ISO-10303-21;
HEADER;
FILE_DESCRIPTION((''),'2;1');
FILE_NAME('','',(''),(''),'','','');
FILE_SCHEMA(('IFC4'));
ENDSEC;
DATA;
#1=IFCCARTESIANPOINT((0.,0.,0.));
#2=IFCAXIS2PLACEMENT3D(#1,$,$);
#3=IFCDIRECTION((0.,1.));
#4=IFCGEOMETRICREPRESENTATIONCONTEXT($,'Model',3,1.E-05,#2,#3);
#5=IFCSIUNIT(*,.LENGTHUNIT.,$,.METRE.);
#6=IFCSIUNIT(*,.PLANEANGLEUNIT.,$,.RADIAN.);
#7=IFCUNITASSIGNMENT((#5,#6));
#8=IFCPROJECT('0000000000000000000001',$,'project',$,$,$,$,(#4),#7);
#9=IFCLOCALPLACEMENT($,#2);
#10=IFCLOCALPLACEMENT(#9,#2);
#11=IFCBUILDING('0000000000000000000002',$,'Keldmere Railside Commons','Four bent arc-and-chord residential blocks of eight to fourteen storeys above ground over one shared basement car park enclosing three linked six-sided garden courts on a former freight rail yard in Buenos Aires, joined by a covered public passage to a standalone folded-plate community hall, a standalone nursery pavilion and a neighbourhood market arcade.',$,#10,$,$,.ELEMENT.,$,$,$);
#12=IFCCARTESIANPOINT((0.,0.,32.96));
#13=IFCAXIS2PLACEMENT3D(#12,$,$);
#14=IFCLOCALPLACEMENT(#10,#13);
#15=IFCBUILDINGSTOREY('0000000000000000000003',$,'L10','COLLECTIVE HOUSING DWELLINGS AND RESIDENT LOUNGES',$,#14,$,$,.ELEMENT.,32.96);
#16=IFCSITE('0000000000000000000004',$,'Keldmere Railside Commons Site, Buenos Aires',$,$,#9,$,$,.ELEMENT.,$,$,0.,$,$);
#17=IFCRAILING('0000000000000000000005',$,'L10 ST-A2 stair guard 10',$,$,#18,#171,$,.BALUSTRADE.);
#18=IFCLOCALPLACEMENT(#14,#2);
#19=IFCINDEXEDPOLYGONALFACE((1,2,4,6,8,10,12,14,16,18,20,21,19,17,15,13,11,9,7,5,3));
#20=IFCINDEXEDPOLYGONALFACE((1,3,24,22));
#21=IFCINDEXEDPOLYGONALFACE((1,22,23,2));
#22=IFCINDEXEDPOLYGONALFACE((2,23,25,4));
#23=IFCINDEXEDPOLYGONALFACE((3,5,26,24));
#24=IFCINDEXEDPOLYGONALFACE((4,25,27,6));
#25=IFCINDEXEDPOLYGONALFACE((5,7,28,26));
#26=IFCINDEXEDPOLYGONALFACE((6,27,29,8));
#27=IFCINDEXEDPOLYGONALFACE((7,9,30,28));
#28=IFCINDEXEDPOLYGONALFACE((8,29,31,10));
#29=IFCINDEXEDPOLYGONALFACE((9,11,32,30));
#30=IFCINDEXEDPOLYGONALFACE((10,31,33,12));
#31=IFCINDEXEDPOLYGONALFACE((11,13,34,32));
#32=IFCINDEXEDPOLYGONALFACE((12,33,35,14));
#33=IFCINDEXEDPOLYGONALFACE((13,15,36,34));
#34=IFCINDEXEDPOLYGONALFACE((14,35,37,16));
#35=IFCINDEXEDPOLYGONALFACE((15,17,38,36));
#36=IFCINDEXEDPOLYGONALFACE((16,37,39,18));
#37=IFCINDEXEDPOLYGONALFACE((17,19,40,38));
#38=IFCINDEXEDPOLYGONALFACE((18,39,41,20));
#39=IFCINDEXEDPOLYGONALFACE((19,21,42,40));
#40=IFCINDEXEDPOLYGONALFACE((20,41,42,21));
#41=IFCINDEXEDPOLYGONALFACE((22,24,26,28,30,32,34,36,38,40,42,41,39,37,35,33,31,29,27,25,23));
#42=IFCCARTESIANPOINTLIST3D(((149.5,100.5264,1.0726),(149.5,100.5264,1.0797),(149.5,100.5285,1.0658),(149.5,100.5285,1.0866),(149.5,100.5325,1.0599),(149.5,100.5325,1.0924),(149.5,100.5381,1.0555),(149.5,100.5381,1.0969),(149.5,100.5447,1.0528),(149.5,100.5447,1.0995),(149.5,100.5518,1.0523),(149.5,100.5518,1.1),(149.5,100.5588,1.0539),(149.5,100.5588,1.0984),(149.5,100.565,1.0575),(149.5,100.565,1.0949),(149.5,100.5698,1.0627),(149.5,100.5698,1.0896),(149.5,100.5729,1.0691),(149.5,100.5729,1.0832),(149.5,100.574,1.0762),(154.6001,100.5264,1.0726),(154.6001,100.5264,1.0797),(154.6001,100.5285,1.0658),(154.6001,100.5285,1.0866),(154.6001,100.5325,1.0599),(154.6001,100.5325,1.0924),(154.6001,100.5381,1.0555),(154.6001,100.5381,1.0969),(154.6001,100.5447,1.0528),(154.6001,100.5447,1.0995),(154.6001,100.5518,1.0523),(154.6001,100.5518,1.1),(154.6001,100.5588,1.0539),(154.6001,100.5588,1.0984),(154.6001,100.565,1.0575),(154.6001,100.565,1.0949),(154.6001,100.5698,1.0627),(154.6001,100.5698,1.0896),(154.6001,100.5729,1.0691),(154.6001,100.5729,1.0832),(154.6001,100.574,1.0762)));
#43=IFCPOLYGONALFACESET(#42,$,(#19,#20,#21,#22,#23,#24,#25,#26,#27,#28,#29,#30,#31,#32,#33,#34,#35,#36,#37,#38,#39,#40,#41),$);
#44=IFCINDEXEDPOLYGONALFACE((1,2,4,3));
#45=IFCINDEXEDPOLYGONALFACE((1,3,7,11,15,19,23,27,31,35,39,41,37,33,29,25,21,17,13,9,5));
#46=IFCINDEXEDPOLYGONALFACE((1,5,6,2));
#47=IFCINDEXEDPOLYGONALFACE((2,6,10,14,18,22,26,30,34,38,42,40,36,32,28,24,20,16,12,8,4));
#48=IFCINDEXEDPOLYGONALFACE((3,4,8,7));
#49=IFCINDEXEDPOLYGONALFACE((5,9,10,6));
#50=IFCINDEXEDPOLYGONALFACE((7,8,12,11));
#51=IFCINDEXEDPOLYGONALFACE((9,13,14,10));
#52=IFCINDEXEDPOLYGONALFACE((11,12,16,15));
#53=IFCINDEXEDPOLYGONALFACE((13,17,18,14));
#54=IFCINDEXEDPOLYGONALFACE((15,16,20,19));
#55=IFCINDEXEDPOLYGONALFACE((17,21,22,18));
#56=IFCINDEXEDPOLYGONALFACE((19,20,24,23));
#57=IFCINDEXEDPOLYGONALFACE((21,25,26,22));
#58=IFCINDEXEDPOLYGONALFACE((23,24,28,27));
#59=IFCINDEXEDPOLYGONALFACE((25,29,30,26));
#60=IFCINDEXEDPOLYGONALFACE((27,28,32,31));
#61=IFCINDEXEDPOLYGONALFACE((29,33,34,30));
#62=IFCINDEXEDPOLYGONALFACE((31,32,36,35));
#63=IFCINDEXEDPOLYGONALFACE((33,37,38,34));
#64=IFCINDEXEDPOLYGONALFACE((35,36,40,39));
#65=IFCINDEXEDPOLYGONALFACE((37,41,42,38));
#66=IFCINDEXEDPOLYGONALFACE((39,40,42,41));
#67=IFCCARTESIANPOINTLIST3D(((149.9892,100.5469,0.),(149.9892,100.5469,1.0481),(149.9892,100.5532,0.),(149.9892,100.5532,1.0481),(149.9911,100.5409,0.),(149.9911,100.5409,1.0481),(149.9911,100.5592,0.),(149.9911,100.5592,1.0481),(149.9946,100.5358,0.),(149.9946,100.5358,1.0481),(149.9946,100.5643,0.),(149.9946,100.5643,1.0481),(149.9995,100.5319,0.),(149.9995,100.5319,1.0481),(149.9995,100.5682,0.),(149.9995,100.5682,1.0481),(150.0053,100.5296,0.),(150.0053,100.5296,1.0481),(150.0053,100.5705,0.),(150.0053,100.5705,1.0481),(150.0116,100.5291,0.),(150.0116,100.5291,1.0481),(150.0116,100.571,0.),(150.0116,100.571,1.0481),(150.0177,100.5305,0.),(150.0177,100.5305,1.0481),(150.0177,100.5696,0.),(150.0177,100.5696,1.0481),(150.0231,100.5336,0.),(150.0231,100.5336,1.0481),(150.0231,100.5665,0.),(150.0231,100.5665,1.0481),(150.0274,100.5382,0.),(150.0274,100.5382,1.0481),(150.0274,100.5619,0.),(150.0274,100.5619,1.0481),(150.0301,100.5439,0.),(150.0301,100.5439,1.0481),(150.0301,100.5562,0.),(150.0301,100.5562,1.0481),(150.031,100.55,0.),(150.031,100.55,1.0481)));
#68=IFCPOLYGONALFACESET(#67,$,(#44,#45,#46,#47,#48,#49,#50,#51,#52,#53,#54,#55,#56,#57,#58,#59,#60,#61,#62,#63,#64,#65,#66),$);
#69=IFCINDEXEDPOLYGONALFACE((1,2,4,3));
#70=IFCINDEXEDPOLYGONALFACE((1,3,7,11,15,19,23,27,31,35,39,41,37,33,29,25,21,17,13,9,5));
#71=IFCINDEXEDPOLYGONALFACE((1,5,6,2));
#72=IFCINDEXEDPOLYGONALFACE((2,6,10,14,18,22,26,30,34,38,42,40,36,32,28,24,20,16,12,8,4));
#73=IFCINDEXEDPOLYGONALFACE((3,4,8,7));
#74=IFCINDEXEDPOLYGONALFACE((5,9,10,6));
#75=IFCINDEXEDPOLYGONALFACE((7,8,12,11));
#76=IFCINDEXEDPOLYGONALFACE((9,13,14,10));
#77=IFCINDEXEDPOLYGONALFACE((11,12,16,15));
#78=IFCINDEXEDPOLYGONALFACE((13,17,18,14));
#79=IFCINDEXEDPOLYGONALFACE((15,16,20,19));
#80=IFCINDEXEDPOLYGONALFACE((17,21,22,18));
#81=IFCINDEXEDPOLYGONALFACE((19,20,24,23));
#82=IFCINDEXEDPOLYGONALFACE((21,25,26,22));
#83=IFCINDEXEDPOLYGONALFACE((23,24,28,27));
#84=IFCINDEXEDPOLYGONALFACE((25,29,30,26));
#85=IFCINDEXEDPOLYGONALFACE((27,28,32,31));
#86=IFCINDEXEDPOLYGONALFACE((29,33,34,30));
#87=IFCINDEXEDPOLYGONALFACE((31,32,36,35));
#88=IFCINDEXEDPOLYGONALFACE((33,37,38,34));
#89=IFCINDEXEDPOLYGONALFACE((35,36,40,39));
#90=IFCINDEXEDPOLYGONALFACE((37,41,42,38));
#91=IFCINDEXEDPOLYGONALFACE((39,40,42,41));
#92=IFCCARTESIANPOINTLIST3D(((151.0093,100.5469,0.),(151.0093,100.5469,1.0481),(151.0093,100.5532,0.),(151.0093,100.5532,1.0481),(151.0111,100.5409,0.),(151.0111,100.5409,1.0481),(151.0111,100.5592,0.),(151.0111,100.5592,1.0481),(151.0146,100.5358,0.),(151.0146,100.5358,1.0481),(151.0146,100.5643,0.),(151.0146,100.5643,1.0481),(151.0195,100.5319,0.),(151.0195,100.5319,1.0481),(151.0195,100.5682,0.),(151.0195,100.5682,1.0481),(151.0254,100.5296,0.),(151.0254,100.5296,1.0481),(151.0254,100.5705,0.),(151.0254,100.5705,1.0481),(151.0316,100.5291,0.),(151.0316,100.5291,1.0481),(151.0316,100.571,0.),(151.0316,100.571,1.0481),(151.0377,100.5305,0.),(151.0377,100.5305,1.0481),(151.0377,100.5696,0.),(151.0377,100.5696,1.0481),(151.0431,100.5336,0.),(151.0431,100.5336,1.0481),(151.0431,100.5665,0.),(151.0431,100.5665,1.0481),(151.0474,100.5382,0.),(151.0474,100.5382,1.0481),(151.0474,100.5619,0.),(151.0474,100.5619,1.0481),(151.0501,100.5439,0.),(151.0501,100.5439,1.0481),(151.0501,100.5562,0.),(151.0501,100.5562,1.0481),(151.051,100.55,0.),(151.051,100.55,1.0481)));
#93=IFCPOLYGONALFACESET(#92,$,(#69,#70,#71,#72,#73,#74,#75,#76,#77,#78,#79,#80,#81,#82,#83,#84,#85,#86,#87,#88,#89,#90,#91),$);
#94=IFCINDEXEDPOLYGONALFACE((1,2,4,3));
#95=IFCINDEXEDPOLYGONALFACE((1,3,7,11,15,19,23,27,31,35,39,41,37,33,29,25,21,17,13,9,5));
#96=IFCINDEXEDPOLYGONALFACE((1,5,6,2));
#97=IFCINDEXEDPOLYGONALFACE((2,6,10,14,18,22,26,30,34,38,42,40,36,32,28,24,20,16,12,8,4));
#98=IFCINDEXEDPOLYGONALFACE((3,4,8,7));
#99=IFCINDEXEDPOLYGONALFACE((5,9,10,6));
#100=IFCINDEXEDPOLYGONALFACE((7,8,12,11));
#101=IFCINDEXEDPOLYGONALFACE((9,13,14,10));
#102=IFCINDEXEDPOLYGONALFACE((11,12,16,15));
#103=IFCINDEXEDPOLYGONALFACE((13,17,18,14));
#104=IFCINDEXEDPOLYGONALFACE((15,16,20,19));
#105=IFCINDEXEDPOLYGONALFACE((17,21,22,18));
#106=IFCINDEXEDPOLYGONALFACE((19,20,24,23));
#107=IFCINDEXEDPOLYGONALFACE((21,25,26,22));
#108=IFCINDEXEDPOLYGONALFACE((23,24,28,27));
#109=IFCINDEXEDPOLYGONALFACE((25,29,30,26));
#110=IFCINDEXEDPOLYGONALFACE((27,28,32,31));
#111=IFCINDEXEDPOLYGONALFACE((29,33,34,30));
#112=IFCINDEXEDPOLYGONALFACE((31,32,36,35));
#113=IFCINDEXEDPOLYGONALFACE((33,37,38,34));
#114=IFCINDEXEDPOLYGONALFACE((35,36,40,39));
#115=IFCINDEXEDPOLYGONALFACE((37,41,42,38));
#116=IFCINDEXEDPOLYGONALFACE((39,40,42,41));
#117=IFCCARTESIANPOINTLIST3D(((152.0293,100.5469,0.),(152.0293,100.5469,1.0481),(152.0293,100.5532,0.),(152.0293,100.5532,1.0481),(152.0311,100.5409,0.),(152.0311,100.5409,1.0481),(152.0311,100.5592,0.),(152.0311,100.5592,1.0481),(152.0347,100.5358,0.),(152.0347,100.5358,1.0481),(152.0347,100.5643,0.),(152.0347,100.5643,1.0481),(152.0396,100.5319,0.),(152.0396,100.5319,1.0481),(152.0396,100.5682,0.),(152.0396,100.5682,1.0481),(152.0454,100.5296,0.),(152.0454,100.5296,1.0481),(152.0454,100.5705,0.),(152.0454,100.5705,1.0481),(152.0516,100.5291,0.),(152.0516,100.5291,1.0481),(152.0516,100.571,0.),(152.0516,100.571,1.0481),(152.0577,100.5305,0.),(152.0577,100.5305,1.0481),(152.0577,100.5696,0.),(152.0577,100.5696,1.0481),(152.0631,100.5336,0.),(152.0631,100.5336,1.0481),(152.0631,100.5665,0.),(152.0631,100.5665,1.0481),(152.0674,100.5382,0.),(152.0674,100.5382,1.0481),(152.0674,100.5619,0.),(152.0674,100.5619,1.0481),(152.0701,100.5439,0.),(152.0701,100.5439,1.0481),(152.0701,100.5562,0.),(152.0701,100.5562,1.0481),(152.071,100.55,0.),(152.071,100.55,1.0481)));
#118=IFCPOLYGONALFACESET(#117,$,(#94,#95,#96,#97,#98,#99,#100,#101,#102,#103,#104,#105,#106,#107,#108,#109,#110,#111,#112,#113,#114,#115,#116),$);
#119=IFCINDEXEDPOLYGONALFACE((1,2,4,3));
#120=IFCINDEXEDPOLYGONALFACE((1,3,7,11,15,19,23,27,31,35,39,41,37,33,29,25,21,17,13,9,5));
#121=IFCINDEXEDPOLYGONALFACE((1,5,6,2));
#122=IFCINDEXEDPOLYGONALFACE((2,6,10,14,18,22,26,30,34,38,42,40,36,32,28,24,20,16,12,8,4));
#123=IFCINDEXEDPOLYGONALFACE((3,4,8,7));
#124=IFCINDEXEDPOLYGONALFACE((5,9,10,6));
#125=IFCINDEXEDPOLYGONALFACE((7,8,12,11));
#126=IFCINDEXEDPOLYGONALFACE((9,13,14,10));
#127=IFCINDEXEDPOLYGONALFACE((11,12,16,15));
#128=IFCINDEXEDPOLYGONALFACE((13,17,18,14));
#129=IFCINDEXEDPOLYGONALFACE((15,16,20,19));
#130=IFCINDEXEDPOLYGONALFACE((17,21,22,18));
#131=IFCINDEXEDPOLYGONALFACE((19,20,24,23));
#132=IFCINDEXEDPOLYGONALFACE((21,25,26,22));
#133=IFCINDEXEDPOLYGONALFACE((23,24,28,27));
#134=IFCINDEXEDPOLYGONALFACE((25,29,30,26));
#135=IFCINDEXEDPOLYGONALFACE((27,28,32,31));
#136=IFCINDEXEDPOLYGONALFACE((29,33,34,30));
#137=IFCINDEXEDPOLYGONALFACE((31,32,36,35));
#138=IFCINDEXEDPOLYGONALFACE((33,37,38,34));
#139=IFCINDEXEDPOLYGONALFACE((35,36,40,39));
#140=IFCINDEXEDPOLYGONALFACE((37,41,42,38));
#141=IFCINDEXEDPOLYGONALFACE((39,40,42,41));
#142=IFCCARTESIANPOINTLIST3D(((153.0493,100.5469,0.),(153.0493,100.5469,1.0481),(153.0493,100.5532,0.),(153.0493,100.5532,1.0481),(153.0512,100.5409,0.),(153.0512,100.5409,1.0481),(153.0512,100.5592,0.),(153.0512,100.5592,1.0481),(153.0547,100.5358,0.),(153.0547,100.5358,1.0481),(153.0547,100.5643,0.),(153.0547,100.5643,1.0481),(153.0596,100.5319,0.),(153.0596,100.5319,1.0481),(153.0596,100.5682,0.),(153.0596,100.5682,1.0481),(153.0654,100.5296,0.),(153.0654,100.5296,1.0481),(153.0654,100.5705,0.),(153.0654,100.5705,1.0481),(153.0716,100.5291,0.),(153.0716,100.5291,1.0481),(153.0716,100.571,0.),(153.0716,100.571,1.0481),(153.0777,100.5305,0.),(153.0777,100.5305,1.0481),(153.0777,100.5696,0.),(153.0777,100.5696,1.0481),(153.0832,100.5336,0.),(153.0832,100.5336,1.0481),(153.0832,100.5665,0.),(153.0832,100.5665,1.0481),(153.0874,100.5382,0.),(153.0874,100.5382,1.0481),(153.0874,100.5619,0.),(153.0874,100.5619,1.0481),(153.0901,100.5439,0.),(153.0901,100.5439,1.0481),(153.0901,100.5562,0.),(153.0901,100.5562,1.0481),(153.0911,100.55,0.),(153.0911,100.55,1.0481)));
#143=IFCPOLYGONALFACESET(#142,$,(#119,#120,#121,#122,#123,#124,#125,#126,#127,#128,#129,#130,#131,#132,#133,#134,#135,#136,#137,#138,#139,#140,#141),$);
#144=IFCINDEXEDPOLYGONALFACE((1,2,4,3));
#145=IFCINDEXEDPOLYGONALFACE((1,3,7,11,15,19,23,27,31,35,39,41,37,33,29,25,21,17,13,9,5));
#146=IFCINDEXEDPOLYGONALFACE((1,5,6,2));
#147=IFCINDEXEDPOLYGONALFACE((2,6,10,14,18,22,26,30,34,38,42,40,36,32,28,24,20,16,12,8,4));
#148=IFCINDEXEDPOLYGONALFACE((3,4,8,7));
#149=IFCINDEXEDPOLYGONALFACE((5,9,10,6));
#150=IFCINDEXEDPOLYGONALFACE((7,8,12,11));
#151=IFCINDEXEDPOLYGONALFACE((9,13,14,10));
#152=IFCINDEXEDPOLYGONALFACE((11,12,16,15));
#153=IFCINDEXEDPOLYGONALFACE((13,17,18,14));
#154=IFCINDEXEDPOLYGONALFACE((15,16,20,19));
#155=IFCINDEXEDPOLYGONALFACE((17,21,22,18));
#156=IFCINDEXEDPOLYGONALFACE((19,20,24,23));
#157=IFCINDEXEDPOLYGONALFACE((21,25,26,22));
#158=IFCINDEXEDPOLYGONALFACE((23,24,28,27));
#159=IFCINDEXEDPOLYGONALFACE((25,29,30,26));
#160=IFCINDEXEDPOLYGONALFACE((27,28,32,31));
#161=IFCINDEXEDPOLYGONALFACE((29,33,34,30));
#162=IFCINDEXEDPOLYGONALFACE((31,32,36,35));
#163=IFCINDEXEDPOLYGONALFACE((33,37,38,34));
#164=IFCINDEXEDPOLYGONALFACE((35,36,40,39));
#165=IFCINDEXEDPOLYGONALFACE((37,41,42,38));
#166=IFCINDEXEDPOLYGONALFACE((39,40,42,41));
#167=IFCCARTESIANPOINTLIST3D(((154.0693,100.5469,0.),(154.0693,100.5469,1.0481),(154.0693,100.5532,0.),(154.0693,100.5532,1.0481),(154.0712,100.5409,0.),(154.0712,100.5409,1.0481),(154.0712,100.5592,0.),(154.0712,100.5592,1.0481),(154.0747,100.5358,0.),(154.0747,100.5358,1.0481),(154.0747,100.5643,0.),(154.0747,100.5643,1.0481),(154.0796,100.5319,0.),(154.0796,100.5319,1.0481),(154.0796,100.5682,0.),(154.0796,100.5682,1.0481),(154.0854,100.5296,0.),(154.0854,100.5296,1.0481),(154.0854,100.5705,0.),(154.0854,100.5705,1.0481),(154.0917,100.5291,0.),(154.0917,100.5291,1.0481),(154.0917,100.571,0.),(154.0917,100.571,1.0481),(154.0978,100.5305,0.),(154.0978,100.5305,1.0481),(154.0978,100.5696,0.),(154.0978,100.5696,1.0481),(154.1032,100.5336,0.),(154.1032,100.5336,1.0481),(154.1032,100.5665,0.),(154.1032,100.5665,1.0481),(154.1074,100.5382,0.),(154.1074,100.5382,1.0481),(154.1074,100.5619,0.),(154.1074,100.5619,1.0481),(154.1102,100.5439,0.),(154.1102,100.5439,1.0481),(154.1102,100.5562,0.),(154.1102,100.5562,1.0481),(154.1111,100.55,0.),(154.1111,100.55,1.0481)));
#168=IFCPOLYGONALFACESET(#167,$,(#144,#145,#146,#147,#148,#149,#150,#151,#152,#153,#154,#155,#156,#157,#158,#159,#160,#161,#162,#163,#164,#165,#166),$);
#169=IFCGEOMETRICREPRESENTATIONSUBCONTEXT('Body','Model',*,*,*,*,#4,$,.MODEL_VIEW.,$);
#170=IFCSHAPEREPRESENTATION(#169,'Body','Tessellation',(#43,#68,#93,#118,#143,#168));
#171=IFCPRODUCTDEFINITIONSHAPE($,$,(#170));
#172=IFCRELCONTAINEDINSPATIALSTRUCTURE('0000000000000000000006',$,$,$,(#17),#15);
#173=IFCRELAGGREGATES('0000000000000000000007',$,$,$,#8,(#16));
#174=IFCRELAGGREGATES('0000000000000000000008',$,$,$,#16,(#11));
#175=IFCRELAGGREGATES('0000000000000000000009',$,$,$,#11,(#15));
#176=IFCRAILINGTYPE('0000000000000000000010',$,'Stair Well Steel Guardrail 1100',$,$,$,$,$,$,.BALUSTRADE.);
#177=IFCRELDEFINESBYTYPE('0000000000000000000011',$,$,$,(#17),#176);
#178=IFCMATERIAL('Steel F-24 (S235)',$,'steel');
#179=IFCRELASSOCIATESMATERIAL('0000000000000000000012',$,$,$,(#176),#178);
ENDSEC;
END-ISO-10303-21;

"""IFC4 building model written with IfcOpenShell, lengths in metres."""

from ifc_helpers import new_model, si_unit, direction, frame, origin, origin_2d, place, context, subcontext, project, spatial, circle, extrude, material, type_object, element, save


model = new_model("IFC4")

# Units and contexts
model_context = context("Model", 3, precision=1e-05, world=origin(), true_north=direction((0.0, 1.0)))
body_context = subcontext(model_context, "Body", "Model", "MODEL_VIEW")
ifc_project = project(units=[si_unit("LENGTHUNIT", "METRE"), si_unit("PLANEANGLEUNIT", "RADIAN")], contexts=[model_context])

# Site, building, storey
site_placement = place(None, origin())
site = spatial("IfcSite", under=ifc_project, at=site_placement, Name="Keldmere Railside Commons Site, Buenos Aires", CompositionType="ELEMENT", RefElevation=0.0)
building_placement = place(site_placement, origin())
building = spatial("IfcBuilding", under=site, at=building_placement, Name="Keldmere Railside Commons", Description="Four bent arc-and-chord residential blocks of eight to fourteen storeys above ground over one shared basement car park enclosing three linked six-sided garden courts on a former freight rail yard in Buenos Aires, joined by a covered public passage to a standalone folded-plate community hall, a standalone nursery pavilion and a neighbourhood market arcade.", CompositionType="ELEMENT")
storey_placement = place(building_placement, frame((0.0, 0.0, 32.96)))
storey = spatial("IfcBuildingStorey", under=building, at=storey_placement, Name="L10", Description="COLLECTIVE HOUSING DWELLINGS AND RESIDENT LOUNGES", CompositionType="ELEMENT", Elevation=32.96)

# Shared definitions
ifc_material_1 = material(Name="Steel F-24 (S235)", Category="steel")

# Railing
railing_type_1 = type_object("IfcRailingType", Name="Stair Well Steel Guardrail 1100", PredefinedType="BALUSTRADE", material=ifc_material_1)
for number, where, name in (
    (1, (149.5, 100.55, 0.0), "L10 ST-A2 stair guard 10"),
):
    element("IfcRailing", number, at=place(storey_placement, frame(where)), inside=storey, type_object=railing_type_1, Name=name, PredefinedType="BALUSTRADE", context=body_context, shape_type="SweptSolid", body=[
        extrude(circle(Radius=0.0239, at=origin_2d()), frame((0.0, 0.0, 1.0762), z_axis=(1.0, 0.0, 0.0), x_axis=(0.0, 1.0, 0.0)), (0.0, 0.0, 1.0), 5.1001),
        extrude(circle(Radius=0.021, at=origin_2d()), frame((0.51, 0.0, 0.0)), (0.0, 0.0, 1.0), 1.0481),
        extrude(circle(Radius=0.021, at=origin_2d()), frame((1.53, 0.0, 0.0)), (0.0, 0.0, 1.0), 1.0481),
        extrude(circle(Radius=0.021, at=origin_2d()), frame((2.55, 0.0, 0.0)), (0.0, 0.0, 1.0), 1.0481),
        extrude(circle(Radius=0.021, at=origin_2d()), frame((3.5701, 0.0, 0.0)), (0.0, 0.0, 1.0), 1.0481),
        extrude(circle(Radius=0.021, at=origin_2d()), frame((4.5901, 0.0, 0.0)), (0.0, 0.0, 1.0), 1.0481),
    ])

save(model, "model.ifc")
